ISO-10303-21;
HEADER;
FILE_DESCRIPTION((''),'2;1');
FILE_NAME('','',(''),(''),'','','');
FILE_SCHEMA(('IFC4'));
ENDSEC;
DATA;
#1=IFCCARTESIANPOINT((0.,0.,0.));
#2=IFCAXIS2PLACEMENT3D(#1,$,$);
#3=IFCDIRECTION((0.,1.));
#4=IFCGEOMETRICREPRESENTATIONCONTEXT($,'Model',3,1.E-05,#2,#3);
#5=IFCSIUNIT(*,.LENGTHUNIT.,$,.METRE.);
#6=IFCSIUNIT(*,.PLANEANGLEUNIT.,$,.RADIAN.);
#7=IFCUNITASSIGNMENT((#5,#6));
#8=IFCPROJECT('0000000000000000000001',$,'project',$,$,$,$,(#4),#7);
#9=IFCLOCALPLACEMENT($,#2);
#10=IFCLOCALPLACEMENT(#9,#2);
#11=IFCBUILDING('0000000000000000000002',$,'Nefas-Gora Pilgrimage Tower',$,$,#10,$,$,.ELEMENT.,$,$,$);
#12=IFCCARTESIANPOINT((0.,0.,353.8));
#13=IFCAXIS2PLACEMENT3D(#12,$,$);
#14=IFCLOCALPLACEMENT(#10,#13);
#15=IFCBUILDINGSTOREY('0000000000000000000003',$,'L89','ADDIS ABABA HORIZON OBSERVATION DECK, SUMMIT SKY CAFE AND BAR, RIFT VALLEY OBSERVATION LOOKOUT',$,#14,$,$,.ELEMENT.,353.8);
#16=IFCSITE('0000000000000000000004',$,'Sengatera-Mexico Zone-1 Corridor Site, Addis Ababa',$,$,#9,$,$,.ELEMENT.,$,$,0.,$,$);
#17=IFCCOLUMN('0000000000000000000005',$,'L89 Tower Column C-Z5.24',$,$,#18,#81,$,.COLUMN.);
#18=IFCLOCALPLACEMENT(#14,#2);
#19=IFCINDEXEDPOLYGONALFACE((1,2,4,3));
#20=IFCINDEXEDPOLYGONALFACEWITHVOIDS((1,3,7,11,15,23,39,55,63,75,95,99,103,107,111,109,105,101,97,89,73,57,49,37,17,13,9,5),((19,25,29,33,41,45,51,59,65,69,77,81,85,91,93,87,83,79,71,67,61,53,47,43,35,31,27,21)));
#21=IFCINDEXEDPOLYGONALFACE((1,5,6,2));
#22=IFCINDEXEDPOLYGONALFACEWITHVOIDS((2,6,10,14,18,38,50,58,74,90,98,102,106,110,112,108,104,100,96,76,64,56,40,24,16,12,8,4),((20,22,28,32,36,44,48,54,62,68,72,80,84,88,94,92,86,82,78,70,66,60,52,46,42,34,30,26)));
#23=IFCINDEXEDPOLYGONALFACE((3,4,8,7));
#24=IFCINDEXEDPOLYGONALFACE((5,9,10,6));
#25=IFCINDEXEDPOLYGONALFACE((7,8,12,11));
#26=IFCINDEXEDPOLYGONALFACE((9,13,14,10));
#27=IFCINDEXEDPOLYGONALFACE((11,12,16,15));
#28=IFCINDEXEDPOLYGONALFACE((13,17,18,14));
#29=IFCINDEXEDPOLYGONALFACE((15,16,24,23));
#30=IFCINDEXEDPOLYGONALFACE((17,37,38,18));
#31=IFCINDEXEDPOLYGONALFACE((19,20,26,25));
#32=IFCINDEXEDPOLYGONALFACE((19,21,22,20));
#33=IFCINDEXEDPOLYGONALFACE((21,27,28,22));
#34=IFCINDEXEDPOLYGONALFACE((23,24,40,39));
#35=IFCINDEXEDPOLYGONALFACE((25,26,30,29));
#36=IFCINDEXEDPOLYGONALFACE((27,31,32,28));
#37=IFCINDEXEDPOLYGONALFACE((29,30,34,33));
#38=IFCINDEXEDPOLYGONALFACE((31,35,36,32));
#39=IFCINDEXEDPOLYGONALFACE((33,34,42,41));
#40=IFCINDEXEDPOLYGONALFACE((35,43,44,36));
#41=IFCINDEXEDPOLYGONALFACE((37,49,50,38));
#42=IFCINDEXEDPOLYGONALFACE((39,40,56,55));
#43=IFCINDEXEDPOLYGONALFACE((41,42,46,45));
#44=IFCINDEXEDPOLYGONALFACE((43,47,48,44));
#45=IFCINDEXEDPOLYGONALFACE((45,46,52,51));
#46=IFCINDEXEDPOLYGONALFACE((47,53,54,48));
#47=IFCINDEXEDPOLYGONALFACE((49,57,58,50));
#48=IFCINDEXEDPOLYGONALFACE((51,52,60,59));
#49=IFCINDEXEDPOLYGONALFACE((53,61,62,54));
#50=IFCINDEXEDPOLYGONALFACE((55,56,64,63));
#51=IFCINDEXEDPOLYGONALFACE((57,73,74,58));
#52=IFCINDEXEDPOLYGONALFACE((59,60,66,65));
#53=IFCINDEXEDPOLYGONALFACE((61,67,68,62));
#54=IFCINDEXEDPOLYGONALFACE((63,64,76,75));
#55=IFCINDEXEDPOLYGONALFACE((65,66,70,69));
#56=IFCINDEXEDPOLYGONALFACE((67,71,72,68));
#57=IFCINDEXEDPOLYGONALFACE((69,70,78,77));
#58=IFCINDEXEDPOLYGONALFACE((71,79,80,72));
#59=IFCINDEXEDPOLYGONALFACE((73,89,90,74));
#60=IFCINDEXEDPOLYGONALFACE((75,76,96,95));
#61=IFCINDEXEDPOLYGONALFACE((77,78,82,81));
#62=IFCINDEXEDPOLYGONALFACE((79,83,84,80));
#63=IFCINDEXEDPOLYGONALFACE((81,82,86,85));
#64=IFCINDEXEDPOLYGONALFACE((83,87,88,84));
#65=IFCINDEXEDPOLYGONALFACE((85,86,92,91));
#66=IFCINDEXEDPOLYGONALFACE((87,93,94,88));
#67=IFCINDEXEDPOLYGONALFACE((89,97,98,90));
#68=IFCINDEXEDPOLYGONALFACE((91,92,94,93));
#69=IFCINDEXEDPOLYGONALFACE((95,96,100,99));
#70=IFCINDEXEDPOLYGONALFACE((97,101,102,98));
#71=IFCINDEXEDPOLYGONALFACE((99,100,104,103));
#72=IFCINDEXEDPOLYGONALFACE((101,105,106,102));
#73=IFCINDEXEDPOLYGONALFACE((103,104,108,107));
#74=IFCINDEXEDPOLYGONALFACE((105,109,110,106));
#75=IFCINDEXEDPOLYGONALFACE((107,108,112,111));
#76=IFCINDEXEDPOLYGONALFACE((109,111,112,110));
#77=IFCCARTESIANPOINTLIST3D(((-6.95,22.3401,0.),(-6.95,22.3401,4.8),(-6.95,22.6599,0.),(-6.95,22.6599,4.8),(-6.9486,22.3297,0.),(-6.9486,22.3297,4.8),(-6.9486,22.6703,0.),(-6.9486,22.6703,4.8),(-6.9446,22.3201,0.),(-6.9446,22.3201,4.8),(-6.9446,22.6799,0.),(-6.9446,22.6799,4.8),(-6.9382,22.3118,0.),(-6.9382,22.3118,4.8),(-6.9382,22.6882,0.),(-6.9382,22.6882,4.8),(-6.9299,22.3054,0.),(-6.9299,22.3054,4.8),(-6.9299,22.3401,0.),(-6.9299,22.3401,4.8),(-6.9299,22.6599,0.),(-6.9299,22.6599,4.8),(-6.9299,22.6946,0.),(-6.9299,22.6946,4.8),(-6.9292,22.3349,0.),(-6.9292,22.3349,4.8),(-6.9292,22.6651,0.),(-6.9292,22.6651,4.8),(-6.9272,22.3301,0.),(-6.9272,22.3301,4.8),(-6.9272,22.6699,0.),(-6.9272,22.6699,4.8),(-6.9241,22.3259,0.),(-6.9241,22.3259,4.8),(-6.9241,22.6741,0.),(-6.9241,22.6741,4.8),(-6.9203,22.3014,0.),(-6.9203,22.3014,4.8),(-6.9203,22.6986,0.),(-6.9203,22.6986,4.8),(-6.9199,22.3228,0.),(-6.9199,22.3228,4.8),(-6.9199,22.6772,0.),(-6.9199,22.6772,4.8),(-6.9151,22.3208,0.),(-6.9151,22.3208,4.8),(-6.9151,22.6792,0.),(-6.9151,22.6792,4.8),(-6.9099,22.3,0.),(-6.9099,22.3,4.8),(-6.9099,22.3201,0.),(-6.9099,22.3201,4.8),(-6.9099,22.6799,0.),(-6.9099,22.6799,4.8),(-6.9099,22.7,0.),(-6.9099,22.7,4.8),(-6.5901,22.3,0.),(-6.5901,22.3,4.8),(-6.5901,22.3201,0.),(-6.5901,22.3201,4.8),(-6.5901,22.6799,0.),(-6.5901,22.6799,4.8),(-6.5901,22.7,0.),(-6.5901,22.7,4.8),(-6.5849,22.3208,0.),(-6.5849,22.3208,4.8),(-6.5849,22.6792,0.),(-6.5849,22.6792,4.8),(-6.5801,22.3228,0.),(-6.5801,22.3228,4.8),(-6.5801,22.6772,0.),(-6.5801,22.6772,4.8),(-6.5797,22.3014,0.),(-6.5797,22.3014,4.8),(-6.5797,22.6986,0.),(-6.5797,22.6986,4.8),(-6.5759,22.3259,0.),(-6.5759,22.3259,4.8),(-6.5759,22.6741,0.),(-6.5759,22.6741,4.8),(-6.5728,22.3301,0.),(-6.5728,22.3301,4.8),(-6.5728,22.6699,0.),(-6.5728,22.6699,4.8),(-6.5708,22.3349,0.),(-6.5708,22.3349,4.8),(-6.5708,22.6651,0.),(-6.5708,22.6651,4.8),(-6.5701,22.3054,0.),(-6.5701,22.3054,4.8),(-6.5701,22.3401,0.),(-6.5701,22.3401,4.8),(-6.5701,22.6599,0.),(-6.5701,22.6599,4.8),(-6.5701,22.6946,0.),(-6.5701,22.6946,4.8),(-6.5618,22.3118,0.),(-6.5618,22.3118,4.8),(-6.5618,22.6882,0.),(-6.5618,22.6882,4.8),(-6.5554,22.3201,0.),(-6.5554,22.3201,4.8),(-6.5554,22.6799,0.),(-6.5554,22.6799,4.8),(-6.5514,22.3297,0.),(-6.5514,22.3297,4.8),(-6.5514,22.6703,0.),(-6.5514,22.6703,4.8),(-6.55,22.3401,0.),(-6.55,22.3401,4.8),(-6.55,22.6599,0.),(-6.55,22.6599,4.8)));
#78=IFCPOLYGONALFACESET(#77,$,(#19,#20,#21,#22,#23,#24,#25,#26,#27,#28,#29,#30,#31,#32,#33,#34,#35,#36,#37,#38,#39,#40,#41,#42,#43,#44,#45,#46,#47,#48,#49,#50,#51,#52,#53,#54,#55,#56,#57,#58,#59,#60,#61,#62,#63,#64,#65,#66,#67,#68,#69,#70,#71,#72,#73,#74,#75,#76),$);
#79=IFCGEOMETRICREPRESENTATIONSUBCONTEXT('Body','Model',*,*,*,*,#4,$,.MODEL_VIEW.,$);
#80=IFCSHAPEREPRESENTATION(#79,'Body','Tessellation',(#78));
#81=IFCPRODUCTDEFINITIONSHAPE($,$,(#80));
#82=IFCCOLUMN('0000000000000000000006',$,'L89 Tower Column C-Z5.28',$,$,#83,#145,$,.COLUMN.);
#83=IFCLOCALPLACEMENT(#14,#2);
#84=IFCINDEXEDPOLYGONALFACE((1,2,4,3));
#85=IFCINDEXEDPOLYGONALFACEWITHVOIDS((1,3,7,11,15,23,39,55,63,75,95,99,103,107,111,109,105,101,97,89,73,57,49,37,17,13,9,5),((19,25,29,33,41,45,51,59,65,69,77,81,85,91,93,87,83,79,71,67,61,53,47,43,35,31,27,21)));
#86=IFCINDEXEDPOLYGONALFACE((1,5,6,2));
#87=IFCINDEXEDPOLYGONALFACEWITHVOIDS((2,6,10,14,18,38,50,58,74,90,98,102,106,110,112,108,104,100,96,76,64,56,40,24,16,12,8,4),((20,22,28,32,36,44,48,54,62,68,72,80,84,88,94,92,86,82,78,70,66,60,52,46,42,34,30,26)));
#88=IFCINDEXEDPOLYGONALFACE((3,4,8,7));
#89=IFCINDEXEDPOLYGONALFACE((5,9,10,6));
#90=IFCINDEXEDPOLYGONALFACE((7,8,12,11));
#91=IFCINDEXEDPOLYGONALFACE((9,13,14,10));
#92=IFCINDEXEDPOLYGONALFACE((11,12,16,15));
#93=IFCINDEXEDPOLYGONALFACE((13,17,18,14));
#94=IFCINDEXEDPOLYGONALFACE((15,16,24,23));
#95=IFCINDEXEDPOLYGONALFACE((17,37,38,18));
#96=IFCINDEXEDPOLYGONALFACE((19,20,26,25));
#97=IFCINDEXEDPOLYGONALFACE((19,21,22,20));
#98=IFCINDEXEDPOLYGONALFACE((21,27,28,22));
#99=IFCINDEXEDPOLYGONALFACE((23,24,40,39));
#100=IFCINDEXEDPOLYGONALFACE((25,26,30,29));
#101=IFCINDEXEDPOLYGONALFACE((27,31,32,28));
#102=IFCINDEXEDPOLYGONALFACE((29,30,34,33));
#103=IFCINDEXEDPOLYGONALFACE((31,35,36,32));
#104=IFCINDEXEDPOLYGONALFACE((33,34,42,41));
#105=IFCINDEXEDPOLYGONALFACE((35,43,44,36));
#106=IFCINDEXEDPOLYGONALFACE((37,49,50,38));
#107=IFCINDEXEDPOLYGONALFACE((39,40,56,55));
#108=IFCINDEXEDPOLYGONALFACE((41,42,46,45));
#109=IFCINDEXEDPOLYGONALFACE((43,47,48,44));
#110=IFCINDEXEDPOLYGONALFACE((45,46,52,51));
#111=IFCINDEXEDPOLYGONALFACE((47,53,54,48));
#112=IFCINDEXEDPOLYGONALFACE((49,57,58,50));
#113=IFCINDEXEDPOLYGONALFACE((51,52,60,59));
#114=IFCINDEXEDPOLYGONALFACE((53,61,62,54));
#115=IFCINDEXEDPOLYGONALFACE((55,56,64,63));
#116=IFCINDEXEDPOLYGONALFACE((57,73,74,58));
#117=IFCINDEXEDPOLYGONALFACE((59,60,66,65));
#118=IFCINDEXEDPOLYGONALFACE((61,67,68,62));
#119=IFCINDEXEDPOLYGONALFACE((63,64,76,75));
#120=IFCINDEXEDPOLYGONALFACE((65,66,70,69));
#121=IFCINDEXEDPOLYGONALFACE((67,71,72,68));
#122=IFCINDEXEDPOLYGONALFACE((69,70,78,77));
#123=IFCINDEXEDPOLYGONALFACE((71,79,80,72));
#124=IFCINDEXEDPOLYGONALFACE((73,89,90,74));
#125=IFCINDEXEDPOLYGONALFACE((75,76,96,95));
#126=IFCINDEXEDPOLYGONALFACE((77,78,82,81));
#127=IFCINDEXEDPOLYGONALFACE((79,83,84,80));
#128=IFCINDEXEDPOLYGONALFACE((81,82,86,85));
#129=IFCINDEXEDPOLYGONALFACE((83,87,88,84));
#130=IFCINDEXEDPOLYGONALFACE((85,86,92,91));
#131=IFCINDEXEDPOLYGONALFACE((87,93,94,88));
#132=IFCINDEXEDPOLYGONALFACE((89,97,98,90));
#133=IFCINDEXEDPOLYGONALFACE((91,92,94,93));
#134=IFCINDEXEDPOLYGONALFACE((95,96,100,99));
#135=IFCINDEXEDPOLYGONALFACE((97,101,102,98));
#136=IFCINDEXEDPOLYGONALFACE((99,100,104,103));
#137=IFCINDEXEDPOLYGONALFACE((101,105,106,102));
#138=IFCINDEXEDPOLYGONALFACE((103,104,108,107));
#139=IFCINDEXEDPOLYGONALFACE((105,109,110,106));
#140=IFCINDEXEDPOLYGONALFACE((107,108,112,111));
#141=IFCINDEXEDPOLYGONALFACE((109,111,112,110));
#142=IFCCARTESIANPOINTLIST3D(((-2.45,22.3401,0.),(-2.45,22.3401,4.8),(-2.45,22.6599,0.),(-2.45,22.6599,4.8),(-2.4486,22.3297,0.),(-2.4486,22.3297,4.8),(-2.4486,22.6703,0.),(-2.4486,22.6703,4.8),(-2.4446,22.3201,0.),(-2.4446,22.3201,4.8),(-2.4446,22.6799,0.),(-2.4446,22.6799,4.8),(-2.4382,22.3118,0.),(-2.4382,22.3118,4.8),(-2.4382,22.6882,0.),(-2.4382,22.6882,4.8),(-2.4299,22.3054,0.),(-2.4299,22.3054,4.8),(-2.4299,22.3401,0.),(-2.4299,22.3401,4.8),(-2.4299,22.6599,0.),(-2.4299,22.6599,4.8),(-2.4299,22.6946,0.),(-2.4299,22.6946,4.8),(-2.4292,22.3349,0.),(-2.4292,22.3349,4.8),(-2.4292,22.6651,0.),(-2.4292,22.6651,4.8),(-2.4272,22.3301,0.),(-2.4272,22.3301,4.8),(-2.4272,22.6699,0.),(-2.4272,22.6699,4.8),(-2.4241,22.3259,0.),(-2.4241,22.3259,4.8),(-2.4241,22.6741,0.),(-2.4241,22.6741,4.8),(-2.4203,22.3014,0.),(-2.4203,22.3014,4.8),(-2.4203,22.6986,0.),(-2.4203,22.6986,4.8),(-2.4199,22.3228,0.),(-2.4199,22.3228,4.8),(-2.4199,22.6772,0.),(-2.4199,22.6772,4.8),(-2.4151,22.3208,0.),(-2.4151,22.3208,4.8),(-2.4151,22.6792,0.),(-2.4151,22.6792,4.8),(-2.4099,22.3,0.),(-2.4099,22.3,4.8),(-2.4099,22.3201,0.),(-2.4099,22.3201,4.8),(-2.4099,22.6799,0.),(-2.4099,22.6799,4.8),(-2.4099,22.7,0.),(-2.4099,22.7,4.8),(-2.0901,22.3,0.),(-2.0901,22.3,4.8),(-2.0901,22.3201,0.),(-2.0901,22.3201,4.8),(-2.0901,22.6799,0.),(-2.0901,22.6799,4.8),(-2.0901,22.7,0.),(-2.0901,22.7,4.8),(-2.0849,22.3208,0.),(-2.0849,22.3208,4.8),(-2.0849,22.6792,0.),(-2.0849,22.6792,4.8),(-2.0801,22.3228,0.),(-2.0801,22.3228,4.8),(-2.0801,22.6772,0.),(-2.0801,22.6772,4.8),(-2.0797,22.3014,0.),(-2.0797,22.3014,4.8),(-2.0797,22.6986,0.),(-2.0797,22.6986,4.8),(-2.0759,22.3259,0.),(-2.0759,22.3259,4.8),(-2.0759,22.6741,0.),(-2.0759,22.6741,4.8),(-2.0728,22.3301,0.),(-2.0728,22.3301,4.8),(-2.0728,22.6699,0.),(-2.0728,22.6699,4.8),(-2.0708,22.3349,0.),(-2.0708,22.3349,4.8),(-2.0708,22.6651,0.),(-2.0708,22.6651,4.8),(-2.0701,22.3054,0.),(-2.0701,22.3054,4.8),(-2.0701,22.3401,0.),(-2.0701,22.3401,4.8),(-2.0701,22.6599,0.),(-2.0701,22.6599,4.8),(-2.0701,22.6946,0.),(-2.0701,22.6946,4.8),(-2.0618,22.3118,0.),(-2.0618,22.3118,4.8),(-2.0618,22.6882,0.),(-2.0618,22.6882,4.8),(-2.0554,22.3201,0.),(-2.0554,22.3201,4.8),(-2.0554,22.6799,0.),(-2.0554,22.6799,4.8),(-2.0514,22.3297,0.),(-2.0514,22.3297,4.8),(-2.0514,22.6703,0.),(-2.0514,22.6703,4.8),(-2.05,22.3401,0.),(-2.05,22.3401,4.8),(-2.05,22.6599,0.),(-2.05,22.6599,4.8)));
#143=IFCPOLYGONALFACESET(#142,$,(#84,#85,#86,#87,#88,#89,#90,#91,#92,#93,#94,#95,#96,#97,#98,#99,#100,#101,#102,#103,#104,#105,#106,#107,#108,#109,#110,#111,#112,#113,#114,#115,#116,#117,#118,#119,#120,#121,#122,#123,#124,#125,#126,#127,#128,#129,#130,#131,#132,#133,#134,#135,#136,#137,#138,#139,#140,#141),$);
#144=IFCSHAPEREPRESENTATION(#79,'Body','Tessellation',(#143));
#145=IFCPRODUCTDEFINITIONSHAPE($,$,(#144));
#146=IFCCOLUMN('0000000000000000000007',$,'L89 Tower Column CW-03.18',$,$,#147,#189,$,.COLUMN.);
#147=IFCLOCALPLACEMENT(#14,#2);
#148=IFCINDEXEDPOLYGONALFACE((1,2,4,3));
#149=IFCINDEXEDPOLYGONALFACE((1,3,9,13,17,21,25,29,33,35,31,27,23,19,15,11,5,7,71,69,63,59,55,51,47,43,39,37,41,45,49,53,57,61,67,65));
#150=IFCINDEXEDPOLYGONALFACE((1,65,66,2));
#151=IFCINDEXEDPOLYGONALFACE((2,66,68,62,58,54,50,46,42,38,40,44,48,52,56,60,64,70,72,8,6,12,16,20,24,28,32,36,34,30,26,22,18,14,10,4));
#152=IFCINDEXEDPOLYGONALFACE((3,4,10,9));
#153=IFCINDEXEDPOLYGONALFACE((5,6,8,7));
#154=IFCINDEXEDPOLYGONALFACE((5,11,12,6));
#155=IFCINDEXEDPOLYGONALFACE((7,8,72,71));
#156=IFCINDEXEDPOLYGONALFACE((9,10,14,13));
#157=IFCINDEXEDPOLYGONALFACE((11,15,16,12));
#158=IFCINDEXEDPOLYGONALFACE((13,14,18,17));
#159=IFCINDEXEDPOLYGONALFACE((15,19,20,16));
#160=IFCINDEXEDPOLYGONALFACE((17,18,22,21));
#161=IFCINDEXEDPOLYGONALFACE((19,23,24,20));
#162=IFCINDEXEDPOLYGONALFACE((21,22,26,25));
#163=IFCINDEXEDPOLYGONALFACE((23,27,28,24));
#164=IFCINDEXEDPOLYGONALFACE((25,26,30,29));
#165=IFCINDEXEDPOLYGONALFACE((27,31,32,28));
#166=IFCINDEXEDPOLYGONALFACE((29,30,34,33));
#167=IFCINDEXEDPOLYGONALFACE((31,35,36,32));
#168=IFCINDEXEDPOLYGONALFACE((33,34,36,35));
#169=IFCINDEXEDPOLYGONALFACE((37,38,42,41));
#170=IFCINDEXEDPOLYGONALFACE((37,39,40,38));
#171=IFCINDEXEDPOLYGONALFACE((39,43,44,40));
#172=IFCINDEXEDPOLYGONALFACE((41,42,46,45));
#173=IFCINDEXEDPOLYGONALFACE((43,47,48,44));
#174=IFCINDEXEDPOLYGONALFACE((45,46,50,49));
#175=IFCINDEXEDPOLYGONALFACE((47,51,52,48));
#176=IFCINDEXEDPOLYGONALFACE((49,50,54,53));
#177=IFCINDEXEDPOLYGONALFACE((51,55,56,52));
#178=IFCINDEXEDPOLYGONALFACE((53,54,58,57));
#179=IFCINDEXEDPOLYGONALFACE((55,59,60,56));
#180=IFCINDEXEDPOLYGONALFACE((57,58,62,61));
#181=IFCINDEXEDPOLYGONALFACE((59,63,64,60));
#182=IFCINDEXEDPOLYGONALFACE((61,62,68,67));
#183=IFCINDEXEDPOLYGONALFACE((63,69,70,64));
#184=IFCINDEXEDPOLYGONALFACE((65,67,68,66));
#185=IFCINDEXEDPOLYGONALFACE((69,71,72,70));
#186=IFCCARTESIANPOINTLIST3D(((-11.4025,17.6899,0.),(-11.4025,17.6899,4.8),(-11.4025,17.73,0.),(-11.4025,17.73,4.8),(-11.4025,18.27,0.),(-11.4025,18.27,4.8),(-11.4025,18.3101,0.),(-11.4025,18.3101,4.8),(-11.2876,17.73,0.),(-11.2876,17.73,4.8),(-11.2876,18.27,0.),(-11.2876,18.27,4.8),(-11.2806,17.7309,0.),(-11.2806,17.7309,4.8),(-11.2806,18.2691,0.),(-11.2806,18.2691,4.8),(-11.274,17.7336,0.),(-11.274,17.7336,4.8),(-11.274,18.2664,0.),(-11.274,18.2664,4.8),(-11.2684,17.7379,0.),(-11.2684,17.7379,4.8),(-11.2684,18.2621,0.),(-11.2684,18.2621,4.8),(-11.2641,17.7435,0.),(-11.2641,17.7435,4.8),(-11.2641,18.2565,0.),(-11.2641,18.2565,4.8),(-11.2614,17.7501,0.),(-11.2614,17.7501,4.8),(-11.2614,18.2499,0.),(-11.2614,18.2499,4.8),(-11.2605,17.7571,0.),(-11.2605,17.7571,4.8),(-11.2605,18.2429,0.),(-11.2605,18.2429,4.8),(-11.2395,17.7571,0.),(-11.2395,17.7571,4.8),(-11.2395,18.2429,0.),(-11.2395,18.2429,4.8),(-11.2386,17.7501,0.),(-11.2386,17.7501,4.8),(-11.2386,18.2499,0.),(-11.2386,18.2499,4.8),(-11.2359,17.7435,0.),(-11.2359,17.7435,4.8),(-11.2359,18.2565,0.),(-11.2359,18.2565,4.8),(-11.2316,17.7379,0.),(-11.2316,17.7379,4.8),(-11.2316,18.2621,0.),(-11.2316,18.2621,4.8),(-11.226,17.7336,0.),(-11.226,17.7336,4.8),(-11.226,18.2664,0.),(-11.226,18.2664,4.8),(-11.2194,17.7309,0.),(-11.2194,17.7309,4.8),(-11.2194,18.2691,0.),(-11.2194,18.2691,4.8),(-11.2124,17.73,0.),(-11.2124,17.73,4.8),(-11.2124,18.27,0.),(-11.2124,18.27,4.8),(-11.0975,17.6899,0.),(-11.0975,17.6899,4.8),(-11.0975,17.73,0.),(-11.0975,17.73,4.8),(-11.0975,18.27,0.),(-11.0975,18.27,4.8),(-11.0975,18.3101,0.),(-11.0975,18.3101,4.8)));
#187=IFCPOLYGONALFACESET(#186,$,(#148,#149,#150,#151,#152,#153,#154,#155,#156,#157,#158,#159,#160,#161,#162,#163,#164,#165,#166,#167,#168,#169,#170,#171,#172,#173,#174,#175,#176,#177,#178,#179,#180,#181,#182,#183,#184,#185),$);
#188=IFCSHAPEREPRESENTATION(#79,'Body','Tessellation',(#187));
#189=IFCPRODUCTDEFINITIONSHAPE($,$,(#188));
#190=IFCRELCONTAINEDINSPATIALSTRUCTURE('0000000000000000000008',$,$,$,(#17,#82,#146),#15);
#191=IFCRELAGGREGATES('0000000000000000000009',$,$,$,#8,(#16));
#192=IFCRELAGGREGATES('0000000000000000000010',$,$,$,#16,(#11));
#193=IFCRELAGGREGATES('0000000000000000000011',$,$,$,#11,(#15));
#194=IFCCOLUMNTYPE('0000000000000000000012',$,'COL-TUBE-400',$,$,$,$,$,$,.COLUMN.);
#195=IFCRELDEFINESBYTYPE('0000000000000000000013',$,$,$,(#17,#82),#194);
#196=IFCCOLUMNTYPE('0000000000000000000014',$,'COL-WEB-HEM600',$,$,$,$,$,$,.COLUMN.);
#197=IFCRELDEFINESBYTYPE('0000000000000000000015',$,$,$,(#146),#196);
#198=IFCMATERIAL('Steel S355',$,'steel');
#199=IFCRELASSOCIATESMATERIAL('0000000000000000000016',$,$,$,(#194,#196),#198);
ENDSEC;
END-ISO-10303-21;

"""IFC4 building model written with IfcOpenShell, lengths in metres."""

from ifc_helpers import new_model, si_unit, direction, frame, origin, origin_2d, place, context, subcontext, project, spatial, hollow_rectangle, i_section, extrude, source, transform, mapped, material, material_profile, profile_set, type_object, element, save


model = new_model("IFC4")

# Units and contexts
model_context = context("Model", 3, precision=1e-05, world=origin(), true_north=direction((0.0, 1.0)))
body_context = subcontext(model_context, "Body", "Model", "MODEL_VIEW")
ifc_project = project(units=[si_unit("LENGTHUNIT", "METRE"), si_unit("PLANEANGLEUNIT", "RADIAN")], contexts=[model_context])

# Site, building, storey
site_placement = place(None, origin())
site = spatial("IfcSite", under=ifc_project, at=site_placement, Name="Sengatera-Mexico Zone-1 Corridor Site, Addis Ababa", CompositionType="ELEMENT", RefElevation=0.0)
building_placement = place(site_placement, origin())
building = spatial("IfcBuilding", under=site, at=building_placement, Name="Nefas-Gora Pilgrimage Tower", CompositionType="ELEMENT")
storey_placement = place(building_placement, frame((0.0, 0.0, 353.8)))
storey = spatial("IfcBuildingStorey", under=building, at=storey_placement, Name="L89", Description="ADDIS ABABA HORIZON OBSERVATION DECK, SUMMIT SKY CAFE AND BAR, RIFT VALLEY OBSERVATION LOOKOUT", CompositionType="ELEMENT", Elevation=353.8)

# Columns
ifc_material_1 = material(Name="Steel S355", Category="steel")
ifc_material_profile_1 = material_profile(ifc_material_1, hollow_rectangle(XDim=0.3999, YDim=0.3999, WallThickness=0.02, InnerFilletRadius=0.02, OuterFilletRadius=0.04, at=origin_2d()), Name="SHS 400x400x20")
ifc_profile_set_1 = profile_set([ifc_material_profile_1], Name="Steel S355")
column_type_1 = type_object("IfcColumnType", Name="COL-TUBE-400", PredefinedType="COLUMN", material=ifc_profile_set_1)
shared_shape_1 = source(origin(), body_context, "Body", "SweptSolid", [
    extrude(hollow_rectangle(XDim=0.3999, YDim=0.3999, WallThickness=0.02, InnerFilletRadius=0.02, OuterFilletRadius=0.04, at=origin_2d()), origin(), (0.0, 0.0, 1.0), 4.8),
])
for number, where, z_axis, x_axis, name in (
    (1, (-6.75, 22.5, 0.0), (0.0, 0.0, 1.0), (1.0, 0.0, 0.0), "L89 Tower Column C-Z5.24"),
    (2, (-2.25, 22.5, 0.0), (0.0, 0.0, 1.0), (1.0, 0.0, 0.0), "L89 Tower Column C-Z5.28"),
):
    element("IfcColumn", number, at=place(storey_placement, frame(where, z_axis=z_axis, x_axis=x_axis)), inside=storey, type_object=column_type_1, Name=name, PredefinedType="COLUMN", context=body_context, shape_type="MappedRepresentation", body=[
        mapped(shared_shape_1, transform((0.0, 0.0, 0.0), x_axis=(1.0, 0.0, 0.0), y_axis=(0.0, 1.0, 0.0), z_axis=(0.0, 0.0, 1.0), scale=1.0)),
    ])
ifc_material_profile_2 = material_profile(ifc_material_1, i_section(OverallWidth=0.3049, OverallDepth=0.6201, WebThickness=0.021, FlangeThickness=0.04, FilletRadius=0.0271, at=origin_2d()), Name="HEM 600")
ifc_profile_set_2 = profile_set([ifc_material_profile_2], Name="Steel S355")
column_type_2 = type_object("IfcColumnType", Name="COL-WEB-HEM600", PredefinedType="COLUMN", material=ifc_profile_set_2)
shared_shape_2 = source(origin(), body_context, "Body", "SweptSolid", [
    extrude(i_section(OverallWidth=0.3049, OverallDepth=0.6201, WebThickness=0.021, FlangeThickness=0.04, FilletRadius=0.0271, at=origin_2d()), origin(), (0.0, 0.0, 1.0), 4.8),
])
for number, where, z_axis, x_axis, name in (
    (3, (-11.25, 18.0, 0.0), (0.0, 0.0, 1.0), (1.0, 0.0, 0.0), "L89 Tower Column CW-03.18"),
):
    element("IfcColumn", number, at=place(storey_placement, frame(where, z_axis=z_axis, x_axis=x_axis)), inside=storey, type_object=column_type_2, Name=name, PredefinedType="COLUMN", context=body_context, shape_type="MappedRepresentation", body=[
        mapped(shared_shape_2, transform((0.0, 0.0, 0.0), x_axis=(1.0, 0.0, 0.0), y_axis=(0.0, 1.0, 0.0), z_axis=(0.0, 0.0, 1.0), scale=1.0)),
    ])

save(model, "model.ifc")
